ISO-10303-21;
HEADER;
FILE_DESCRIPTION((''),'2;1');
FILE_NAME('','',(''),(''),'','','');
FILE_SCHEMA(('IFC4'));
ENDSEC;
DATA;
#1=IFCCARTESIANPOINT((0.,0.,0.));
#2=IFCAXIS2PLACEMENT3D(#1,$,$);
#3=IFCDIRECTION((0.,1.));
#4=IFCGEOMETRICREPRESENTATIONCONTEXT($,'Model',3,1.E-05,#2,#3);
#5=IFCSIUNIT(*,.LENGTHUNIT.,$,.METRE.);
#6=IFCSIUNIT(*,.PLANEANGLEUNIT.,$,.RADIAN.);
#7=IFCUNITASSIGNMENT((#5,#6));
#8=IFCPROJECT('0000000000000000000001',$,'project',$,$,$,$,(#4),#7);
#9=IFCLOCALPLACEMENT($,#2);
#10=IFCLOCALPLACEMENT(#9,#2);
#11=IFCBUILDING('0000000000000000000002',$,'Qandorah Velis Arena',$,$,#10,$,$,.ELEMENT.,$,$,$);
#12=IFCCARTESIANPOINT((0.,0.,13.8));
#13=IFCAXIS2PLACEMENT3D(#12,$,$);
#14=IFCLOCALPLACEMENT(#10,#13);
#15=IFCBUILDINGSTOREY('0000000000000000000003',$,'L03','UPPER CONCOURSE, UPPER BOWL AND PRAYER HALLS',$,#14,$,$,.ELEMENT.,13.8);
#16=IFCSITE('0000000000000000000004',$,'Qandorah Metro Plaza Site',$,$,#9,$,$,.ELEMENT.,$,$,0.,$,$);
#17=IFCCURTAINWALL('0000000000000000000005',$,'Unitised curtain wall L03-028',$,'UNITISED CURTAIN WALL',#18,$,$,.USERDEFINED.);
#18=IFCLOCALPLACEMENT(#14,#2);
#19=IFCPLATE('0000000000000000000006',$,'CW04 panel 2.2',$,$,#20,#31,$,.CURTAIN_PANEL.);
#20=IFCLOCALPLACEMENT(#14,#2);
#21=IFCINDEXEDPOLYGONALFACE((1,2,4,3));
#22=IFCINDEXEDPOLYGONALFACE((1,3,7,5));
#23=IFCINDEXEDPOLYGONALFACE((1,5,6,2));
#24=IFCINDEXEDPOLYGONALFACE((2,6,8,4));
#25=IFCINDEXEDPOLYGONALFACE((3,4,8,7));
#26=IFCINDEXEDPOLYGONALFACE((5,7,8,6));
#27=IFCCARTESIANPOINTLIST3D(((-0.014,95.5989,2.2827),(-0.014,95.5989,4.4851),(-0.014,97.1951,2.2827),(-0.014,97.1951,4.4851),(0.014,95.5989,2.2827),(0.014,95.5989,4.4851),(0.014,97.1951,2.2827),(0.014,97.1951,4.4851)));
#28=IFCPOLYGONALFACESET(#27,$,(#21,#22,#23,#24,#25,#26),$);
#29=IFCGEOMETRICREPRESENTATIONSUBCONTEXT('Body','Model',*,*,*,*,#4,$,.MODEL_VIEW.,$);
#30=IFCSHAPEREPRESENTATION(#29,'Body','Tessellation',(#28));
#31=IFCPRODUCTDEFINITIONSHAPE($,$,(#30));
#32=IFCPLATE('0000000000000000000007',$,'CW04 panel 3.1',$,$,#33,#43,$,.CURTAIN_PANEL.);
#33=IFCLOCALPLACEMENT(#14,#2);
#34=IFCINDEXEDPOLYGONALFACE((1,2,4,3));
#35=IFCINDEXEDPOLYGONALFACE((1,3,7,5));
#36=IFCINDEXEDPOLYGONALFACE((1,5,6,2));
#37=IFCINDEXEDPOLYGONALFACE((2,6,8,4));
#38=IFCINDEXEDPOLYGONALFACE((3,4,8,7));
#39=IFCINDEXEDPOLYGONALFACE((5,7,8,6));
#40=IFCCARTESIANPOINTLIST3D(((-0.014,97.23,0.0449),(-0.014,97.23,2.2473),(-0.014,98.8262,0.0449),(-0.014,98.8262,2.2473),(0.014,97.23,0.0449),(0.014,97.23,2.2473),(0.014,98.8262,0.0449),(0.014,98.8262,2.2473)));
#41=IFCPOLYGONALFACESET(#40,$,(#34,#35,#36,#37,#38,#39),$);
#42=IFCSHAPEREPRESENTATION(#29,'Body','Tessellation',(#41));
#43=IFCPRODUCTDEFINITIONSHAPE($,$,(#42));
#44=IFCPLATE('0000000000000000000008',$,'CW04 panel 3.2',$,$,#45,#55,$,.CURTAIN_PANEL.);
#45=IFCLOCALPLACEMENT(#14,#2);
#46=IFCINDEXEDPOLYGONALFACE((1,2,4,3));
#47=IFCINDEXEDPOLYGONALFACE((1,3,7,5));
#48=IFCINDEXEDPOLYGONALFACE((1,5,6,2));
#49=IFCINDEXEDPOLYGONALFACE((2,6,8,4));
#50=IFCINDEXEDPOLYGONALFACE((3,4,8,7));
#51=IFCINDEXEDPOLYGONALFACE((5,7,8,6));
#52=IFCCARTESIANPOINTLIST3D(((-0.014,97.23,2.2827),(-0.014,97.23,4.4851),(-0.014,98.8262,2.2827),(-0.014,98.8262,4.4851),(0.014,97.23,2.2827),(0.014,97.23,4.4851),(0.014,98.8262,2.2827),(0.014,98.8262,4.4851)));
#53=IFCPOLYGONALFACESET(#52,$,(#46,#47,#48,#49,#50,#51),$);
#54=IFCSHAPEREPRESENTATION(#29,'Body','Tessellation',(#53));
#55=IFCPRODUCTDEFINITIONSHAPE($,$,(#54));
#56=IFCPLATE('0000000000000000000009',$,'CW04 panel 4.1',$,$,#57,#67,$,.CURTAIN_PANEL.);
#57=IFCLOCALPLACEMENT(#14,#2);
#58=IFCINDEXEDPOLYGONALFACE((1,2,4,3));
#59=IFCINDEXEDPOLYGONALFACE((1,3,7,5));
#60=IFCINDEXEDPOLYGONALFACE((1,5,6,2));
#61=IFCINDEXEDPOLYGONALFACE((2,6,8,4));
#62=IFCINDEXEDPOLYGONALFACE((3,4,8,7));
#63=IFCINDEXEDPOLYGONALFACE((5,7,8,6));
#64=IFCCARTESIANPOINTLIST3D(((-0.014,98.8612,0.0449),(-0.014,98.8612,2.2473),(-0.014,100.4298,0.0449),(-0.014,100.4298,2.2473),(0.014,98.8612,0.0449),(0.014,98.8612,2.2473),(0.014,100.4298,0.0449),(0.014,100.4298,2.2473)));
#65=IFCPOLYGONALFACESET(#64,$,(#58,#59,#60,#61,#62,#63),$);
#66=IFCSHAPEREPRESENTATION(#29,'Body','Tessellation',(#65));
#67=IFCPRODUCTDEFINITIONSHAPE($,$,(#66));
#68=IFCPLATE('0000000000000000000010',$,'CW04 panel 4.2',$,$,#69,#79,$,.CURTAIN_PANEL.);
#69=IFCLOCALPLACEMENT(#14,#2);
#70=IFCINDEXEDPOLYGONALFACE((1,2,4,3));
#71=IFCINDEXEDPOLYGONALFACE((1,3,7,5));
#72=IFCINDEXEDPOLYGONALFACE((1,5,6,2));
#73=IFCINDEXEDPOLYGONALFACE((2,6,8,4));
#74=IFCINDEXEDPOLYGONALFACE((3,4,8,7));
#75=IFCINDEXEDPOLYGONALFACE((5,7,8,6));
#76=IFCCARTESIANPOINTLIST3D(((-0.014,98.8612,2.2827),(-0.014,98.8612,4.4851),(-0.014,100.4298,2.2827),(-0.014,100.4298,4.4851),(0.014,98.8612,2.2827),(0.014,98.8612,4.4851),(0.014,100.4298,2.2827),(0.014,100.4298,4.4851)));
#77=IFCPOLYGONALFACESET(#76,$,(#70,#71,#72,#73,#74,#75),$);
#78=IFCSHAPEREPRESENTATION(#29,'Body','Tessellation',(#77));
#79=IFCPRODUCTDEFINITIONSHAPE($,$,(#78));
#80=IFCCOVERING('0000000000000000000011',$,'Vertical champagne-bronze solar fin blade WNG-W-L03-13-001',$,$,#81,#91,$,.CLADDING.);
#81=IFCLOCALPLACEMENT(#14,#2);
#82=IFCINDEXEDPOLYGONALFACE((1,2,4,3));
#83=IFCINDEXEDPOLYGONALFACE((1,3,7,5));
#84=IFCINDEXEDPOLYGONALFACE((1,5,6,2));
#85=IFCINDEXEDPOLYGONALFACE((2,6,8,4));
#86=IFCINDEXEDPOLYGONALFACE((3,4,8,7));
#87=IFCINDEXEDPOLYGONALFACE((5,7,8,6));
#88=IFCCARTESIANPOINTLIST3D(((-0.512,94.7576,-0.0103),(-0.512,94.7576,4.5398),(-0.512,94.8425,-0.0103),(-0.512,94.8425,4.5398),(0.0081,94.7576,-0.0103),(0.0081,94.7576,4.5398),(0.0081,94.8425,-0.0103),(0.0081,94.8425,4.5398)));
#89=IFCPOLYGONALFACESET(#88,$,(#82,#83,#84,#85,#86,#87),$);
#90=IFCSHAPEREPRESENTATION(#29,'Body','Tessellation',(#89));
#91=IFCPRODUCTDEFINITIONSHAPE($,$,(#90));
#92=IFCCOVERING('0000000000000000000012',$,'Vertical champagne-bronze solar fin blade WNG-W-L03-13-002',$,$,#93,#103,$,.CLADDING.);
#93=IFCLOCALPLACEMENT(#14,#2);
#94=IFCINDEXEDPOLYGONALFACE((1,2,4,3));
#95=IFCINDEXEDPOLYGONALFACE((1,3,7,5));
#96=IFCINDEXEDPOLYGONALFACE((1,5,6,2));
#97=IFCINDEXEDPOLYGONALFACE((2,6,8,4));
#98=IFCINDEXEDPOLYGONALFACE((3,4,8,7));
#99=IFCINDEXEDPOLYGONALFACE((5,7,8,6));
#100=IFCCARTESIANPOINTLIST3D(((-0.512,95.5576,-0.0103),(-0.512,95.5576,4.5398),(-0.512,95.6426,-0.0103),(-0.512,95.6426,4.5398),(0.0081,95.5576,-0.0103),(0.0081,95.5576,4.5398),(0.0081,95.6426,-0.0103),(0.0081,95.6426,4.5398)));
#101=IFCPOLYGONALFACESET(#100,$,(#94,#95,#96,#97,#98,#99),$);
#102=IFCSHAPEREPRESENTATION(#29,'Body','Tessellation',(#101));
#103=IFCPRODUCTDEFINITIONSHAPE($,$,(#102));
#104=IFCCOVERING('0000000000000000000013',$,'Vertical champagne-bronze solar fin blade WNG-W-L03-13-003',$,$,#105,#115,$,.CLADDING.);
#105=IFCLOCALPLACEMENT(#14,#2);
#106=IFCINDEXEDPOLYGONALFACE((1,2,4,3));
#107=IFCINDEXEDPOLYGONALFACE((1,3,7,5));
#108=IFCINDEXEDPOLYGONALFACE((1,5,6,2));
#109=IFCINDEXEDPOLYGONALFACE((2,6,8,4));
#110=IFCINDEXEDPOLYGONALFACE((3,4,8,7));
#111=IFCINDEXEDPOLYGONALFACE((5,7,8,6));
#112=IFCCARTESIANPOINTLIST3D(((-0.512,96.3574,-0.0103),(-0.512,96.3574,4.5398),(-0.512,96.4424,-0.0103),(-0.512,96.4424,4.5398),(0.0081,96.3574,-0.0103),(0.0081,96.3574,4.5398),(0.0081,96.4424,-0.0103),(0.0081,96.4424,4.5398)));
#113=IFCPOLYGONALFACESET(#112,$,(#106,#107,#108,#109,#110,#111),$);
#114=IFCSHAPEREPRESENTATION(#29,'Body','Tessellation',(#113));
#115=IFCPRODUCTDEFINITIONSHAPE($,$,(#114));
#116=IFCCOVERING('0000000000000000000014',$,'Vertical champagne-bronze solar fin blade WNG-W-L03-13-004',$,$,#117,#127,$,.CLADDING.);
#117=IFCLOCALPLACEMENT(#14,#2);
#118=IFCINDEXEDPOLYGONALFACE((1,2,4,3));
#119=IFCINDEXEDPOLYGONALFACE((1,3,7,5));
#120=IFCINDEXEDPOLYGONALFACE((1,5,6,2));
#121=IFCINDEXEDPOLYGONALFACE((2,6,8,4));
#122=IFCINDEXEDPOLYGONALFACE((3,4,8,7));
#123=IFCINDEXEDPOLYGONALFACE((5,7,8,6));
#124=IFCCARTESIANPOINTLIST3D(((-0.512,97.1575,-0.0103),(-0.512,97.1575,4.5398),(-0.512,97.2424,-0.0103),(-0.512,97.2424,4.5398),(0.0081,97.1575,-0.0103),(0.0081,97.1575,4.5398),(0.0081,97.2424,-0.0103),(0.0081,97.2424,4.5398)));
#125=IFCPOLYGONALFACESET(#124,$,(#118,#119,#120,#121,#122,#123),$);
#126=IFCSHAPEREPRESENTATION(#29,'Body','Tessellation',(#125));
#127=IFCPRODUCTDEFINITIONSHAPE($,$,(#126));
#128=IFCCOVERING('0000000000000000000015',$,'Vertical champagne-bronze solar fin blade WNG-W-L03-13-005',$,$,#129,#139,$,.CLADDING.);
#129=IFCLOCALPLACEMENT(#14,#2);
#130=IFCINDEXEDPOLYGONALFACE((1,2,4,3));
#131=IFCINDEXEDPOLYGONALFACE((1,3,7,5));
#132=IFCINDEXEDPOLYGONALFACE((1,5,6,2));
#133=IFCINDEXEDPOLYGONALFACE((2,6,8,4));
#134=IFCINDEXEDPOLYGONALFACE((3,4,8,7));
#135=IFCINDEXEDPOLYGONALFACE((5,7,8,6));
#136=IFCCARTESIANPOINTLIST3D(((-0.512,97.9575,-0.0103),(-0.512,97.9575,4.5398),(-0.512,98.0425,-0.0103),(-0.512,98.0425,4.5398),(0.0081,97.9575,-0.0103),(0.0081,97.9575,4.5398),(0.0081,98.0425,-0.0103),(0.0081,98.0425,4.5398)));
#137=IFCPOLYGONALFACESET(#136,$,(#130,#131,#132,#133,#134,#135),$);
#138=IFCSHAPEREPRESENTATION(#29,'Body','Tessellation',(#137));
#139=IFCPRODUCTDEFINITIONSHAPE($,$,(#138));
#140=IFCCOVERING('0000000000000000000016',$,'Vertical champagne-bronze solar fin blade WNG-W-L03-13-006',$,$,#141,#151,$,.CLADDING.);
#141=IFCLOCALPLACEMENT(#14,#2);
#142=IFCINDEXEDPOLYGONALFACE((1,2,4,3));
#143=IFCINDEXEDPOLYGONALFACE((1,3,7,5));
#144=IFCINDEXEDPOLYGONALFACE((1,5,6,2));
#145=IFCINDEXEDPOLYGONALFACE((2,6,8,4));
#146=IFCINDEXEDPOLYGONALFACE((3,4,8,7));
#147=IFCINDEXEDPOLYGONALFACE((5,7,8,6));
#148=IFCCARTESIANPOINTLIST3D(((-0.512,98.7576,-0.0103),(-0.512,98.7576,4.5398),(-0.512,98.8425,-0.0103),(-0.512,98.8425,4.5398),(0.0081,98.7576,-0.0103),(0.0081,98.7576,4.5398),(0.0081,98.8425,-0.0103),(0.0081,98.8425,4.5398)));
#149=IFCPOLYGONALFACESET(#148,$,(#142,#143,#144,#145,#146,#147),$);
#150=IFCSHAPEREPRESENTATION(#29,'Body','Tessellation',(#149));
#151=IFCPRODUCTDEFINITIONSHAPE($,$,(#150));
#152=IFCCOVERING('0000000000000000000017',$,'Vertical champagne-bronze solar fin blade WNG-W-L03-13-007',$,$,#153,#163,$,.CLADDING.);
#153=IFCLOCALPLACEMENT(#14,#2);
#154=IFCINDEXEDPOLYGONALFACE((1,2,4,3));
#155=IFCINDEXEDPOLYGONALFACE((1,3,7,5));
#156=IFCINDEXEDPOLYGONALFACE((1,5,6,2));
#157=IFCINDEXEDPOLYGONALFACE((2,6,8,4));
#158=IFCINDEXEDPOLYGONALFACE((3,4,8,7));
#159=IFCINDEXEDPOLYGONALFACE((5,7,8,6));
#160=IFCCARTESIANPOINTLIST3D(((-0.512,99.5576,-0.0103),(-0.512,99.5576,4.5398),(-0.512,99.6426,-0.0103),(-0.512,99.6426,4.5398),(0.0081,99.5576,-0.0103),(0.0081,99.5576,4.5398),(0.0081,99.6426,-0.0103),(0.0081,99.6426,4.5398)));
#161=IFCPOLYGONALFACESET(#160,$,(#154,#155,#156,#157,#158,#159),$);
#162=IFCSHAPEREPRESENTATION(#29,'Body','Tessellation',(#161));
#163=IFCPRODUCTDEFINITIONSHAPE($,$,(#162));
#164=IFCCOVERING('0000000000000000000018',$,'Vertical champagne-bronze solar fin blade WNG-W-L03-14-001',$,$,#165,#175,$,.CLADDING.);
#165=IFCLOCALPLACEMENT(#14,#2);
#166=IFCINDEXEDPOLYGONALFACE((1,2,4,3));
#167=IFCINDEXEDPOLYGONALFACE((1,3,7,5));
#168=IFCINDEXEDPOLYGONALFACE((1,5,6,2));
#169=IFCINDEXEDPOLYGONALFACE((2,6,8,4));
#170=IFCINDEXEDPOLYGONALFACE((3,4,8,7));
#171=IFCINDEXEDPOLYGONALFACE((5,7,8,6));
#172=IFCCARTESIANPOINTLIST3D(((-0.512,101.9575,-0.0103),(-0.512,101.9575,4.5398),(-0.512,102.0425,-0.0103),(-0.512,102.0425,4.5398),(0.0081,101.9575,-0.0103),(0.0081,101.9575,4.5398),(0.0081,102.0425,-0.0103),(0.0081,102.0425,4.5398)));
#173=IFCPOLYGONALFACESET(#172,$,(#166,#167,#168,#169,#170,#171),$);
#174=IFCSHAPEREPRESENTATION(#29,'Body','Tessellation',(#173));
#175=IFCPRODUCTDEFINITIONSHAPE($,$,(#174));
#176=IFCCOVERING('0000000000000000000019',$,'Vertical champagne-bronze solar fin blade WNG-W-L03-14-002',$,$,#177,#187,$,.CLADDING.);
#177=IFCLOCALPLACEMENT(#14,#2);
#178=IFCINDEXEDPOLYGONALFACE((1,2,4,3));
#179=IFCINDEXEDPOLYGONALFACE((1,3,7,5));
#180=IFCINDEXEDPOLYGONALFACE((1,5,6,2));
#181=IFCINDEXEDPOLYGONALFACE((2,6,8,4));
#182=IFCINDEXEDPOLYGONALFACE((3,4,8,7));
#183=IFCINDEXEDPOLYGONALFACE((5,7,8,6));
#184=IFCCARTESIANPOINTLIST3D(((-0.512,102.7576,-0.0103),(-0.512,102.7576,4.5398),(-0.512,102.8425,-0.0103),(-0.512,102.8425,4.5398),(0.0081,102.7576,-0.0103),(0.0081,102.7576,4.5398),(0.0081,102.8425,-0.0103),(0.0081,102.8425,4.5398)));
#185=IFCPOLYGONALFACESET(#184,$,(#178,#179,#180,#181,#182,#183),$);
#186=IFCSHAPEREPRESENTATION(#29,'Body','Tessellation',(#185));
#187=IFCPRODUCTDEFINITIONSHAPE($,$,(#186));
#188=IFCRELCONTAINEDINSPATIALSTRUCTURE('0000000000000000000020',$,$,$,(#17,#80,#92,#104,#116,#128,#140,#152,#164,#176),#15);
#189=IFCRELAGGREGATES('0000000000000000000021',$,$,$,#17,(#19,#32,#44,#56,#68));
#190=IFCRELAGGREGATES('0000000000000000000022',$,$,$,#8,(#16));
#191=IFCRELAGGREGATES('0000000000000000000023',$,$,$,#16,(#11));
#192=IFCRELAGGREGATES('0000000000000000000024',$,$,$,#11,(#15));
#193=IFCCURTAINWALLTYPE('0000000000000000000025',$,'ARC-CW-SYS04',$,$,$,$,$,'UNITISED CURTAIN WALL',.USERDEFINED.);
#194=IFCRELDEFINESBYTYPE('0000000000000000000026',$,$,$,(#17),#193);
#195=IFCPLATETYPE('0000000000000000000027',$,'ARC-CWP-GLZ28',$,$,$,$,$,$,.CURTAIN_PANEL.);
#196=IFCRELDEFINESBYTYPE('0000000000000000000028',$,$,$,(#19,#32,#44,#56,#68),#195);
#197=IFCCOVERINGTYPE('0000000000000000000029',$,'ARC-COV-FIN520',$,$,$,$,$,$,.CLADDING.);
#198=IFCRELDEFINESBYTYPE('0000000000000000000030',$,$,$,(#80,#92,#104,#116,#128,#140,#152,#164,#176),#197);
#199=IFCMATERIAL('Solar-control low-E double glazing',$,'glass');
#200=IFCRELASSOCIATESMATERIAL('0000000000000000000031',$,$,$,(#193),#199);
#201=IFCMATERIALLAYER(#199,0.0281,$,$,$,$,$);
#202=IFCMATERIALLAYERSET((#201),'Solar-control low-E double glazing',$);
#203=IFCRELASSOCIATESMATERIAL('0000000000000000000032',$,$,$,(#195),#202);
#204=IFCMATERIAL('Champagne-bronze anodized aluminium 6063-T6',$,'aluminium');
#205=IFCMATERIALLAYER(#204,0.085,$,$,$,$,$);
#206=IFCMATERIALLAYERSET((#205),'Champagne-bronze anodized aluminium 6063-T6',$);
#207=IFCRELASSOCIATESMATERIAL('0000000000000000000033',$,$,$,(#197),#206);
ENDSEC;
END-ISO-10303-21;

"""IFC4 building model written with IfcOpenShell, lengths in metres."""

from ifc_helpers import new_model, si_unit, direction, frame, origin, origin_2d, place, context, subcontext, project, spatial, rectangle, extrude, material, layer, layer_set, type_object, element, aggregate, save


model = new_model("IFC4")

# Units and contexts
model_context = context("Model", 3, precision=1e-05, world=origin(), true_north=direction((0.0, 1.0)))
body_context = subcontext(model_context, "Body", "Model", "MODEL_VIEW")
ifc_project = project(units=[si_unit("LENGTHUNIT", "METRE"), si_unit("PLANEANGLEUNIT", "RADIAN")], contexts=[model_context])

# Site, building, storey
site_placement = place(None, origin())
site = spatial("IfcSite", under=ifc_project, at=site_placement, Name="Qandorah Metro Plaza Site", CompositionType="ELEMENT", RefElevation=0.0)
building_placement = place(site_placement, origin())
building = spatial("IfcBuilding", under=site, at=building_placement, Name="Qandorah Velis Arena", CompositionType="ELEMENT")
storey_placement = place(building_placement, frame((0.0, 0.0, 13.8)))
storey = spatial("IfcBuildingStorey", under=building, at=storey_placement, Name="L03", Description="UPPER CONCOURSE, UPPER BOWL AND PRAYER HALLS", CompositionType="ELEMENT", Elevation=13.8)

# Curtain wall
ifc_material_1 = material(Name="Solar-control low-E double glazing", Category="glass")
curtain_wall_type = type_object("IfcCurtainWallType", Name="ARC-CW-SYS04", ElementType="UNITISED CURTAIN WALL", PredefinedType="USERDEFINED", material=ifc_material_1)
curtain_wall_placement = place(storey_placement, origin())
curtain_wall = element("IfcCurtainWall", 1, at=curtain_wall_placement, inside=storey, type_object=curtain_wall_type, Name="Unitised curtain wall L03-028", ObjectType="UNITISED CURTAIN WALL", PredefinedType="USERDEFINED")
ifc_material_2 = material(Name="Champagne-bronze anodized aluminium 6063-T6", Category="aluminium")

# Plates
ifc_layer_1 = layer(ifc_material_1, 0.0281)
ifc_layer_set_1 = layer_set([ifc_layer_1], Name="Solar-control low-E double glazing")
plate_type = type_object("IfcPlateType", Name="ARC-CWP-GLZ28", PredefinedType="CURTAIN_PANEL", material=ifc_layer_set_1)
plate_1_placement = place(storey_placement, frame((0.0, 96.397, 2.2827), z_axis=(0.0, 0.0, 1.0), x_axis=(0.0, 1.0, 0.0)))
plate_1 = element("IfcPlate", 2, at=plate_1_placement, type_object=plate_type, Name="CW04 panel 2.2", PredefinedType="CURTAIN_PANEL", context=body_context, shape_type="SweptSolid", body=[
    extrude(rectangle(XDim=1.5962, YDim=0.0281, at=origin_2d()), origin(), (0.0, 0.0, 1.0), 2.2024),
])
plate_2_placement = place(storey_placement, frame((0.0, 98.0281, 0.0449), z_axis=(0.0, 0.0, 1.0), x_axis=(0.0, 1.0, 0.0)))
plate_2 = element("IfcPlate", 3, at=plate_2_placement, type_object=plate_type, Name="CW04 panel 3.1", PredefinedType="CURTAIN_PANEL", context=body_context, shape_type="SweptSolid", body=[
    extrude(rectangle(XDim=1.5962, YDim=0.0281, at=origin_2d()), origin(), (0.0, 0.0, 1.0), 2.2024),
])
plate_3_placement = place(storey_placement, frame((0.0, 98.0281, 2.2827), z_axis=(0.0, 0.0, 1.0), x_axis=(0.0, 1.0, 0.0)))
plate_3 = element("IfcPlate", 4, at=plate_3_placement, type_object=plate_type, Name="CW04 panel 3.2", PredefinedType="CURTAIN_PANEL", context=body_context, shape_type="SweptSolid", body=[
    extrude(rectangle(XDim=1.5962, YDim=0.0281, at=origin_2d()), origin(), (0.0, 0.0, 1.0), 2.2024),
])
plate_4_placement = place(storey_placement, frame((0.0, 99.6455, 0.0449), z_axis=(0.0, 0.0, 1.0), x_axis=(0.0, 1.0, 0.0)))
plate_4 = element("IfcPlate", 5, at=plate_4_placement, type_object=plate_type, Name="CW04 panel 4.1", PredefinedType="CURTAIN_PANEL", context=body_context, shape_type="SweptSolid", body=[
    extrude(rectangle(XDim=1.5686, YDim=0.0281, at=origin_2d()), origin(), (0.0, 0.0, 1.0), 2.2024),
])
plate_5_placement = place(storey_placement, frame((0.0, 99.6455, 2.2827), z_axis=(0.0, 0.0, 1.0), x_axis=(0.0, 1.0, 0.0)))
plate_5 = element("IfcPlate", 6, at=plate_5_placement, type_object=plate_type, Name="CW04 panel 4.2", PredefinedType="CURTAIN_PANEL", context=body_context, shape_type="SweptSolid", body=[
    extrude(rectangle(XDim=1.5686, YDim=0.0281, at=origin_2d()), origin(), (0.0, 0.0, 1.0), 2.2024),
])
aggregate(curtain_wall, [plate_1, plate_2, plate_3, plate_4, plate_5])

# Coverings
ifc_layer_2 = layer(ifc_material_2, 0.085)
ifc_layer_set_2 = layer_set([ifc_layer_2], Name="Champagne-bronze anodized aluminium 6063-T6")
covering_type = type_object("IfcCoveringType", Name="ARC-COV-FIN520", PredefinedType="CLADDING", material=ifc_layer_set_2)
for number, where, z_axis, x_axis, name in (
    (7, (-0.252, 94.8, -0.0103), (0.0, 0.0, 1.0), (1.0, 0.0, 0.0), "Vertical champagne-bronze solar fin blade WNG-W-L03-13-001"),
    (8, (-0.252, 95.6001, -0.0103), (0.0, 0.0, 1.0), (1.0, 0.0, 0.0), "Vertical champagne-bronze solar fin blade WNG-W-L03-13-002"),
    (9, (-0.252, 96.3999, -0.0103), (0.0, 0.0, 1.0), (1.0, 0.0, 0.0), "Vertical champagne-bronze solar fin blade WNG-W-L03-13-003"),
    (10, (-0.252, 97.2, -0.0103), (0.0, 0.0, 1.0), (1.0, 0.0, 0.0), "Vertical champagne-bronze solar fin blade WNG-W-L03-13-004"),
    (11, (-0.252, 98.0, -0.0103), (0.0, 0.0, 1.0), (1.0, 0.0, 0.0), "Vertical champagne-bronze solar fin blade WNG-W-L03-13-005"),
    (12, (-0.252, 98.8, -0.0103), (0.0, 0.0, 1.0), (1.0, 0.0, 0.0), "Vertical champagne-bronze solar fin blade WNG-W-L03-13-006"),
    (13, (-0.252, 99.6001, -0.0103), (0.0, 0.0, 1.0), (1.0, 0.0, 0.0), "Vertical champagne-bronze solar fin blade WNG-W-L03-13-007"),
    (14, (-0.252, 102.0, -0.0103), (0.0, 0.0, 1.0), (1.0, 0.0, 0.0), "Vertical champagne-bronze solar fin blade WNG-W-L03-14-001"),
    (15, (-0.252, 102.8, -0.0103), (0.0, 0.0, 1.0), (1.0, 0.0, 0.0), "Vertical champagne-bronze solar fin blade WNG-W-L03-14-002"),
):
    element("IfcCovering", number, at=place(storey_placement, frame(where, z_axis=z_axis, x_axis=x_axis)), inside=storey, type_object=covering_type, Name=name, PredefinedType="CLADDING", context=body_context, shape_type="SweptSolid", body=[
        extrude(rectangle(XDim=0.52, YDim=0.085, at=origin_2d()), origin(), (0.0, 0.0, 1.0), 4.55),
    ])

save(model, "model.ifc")
